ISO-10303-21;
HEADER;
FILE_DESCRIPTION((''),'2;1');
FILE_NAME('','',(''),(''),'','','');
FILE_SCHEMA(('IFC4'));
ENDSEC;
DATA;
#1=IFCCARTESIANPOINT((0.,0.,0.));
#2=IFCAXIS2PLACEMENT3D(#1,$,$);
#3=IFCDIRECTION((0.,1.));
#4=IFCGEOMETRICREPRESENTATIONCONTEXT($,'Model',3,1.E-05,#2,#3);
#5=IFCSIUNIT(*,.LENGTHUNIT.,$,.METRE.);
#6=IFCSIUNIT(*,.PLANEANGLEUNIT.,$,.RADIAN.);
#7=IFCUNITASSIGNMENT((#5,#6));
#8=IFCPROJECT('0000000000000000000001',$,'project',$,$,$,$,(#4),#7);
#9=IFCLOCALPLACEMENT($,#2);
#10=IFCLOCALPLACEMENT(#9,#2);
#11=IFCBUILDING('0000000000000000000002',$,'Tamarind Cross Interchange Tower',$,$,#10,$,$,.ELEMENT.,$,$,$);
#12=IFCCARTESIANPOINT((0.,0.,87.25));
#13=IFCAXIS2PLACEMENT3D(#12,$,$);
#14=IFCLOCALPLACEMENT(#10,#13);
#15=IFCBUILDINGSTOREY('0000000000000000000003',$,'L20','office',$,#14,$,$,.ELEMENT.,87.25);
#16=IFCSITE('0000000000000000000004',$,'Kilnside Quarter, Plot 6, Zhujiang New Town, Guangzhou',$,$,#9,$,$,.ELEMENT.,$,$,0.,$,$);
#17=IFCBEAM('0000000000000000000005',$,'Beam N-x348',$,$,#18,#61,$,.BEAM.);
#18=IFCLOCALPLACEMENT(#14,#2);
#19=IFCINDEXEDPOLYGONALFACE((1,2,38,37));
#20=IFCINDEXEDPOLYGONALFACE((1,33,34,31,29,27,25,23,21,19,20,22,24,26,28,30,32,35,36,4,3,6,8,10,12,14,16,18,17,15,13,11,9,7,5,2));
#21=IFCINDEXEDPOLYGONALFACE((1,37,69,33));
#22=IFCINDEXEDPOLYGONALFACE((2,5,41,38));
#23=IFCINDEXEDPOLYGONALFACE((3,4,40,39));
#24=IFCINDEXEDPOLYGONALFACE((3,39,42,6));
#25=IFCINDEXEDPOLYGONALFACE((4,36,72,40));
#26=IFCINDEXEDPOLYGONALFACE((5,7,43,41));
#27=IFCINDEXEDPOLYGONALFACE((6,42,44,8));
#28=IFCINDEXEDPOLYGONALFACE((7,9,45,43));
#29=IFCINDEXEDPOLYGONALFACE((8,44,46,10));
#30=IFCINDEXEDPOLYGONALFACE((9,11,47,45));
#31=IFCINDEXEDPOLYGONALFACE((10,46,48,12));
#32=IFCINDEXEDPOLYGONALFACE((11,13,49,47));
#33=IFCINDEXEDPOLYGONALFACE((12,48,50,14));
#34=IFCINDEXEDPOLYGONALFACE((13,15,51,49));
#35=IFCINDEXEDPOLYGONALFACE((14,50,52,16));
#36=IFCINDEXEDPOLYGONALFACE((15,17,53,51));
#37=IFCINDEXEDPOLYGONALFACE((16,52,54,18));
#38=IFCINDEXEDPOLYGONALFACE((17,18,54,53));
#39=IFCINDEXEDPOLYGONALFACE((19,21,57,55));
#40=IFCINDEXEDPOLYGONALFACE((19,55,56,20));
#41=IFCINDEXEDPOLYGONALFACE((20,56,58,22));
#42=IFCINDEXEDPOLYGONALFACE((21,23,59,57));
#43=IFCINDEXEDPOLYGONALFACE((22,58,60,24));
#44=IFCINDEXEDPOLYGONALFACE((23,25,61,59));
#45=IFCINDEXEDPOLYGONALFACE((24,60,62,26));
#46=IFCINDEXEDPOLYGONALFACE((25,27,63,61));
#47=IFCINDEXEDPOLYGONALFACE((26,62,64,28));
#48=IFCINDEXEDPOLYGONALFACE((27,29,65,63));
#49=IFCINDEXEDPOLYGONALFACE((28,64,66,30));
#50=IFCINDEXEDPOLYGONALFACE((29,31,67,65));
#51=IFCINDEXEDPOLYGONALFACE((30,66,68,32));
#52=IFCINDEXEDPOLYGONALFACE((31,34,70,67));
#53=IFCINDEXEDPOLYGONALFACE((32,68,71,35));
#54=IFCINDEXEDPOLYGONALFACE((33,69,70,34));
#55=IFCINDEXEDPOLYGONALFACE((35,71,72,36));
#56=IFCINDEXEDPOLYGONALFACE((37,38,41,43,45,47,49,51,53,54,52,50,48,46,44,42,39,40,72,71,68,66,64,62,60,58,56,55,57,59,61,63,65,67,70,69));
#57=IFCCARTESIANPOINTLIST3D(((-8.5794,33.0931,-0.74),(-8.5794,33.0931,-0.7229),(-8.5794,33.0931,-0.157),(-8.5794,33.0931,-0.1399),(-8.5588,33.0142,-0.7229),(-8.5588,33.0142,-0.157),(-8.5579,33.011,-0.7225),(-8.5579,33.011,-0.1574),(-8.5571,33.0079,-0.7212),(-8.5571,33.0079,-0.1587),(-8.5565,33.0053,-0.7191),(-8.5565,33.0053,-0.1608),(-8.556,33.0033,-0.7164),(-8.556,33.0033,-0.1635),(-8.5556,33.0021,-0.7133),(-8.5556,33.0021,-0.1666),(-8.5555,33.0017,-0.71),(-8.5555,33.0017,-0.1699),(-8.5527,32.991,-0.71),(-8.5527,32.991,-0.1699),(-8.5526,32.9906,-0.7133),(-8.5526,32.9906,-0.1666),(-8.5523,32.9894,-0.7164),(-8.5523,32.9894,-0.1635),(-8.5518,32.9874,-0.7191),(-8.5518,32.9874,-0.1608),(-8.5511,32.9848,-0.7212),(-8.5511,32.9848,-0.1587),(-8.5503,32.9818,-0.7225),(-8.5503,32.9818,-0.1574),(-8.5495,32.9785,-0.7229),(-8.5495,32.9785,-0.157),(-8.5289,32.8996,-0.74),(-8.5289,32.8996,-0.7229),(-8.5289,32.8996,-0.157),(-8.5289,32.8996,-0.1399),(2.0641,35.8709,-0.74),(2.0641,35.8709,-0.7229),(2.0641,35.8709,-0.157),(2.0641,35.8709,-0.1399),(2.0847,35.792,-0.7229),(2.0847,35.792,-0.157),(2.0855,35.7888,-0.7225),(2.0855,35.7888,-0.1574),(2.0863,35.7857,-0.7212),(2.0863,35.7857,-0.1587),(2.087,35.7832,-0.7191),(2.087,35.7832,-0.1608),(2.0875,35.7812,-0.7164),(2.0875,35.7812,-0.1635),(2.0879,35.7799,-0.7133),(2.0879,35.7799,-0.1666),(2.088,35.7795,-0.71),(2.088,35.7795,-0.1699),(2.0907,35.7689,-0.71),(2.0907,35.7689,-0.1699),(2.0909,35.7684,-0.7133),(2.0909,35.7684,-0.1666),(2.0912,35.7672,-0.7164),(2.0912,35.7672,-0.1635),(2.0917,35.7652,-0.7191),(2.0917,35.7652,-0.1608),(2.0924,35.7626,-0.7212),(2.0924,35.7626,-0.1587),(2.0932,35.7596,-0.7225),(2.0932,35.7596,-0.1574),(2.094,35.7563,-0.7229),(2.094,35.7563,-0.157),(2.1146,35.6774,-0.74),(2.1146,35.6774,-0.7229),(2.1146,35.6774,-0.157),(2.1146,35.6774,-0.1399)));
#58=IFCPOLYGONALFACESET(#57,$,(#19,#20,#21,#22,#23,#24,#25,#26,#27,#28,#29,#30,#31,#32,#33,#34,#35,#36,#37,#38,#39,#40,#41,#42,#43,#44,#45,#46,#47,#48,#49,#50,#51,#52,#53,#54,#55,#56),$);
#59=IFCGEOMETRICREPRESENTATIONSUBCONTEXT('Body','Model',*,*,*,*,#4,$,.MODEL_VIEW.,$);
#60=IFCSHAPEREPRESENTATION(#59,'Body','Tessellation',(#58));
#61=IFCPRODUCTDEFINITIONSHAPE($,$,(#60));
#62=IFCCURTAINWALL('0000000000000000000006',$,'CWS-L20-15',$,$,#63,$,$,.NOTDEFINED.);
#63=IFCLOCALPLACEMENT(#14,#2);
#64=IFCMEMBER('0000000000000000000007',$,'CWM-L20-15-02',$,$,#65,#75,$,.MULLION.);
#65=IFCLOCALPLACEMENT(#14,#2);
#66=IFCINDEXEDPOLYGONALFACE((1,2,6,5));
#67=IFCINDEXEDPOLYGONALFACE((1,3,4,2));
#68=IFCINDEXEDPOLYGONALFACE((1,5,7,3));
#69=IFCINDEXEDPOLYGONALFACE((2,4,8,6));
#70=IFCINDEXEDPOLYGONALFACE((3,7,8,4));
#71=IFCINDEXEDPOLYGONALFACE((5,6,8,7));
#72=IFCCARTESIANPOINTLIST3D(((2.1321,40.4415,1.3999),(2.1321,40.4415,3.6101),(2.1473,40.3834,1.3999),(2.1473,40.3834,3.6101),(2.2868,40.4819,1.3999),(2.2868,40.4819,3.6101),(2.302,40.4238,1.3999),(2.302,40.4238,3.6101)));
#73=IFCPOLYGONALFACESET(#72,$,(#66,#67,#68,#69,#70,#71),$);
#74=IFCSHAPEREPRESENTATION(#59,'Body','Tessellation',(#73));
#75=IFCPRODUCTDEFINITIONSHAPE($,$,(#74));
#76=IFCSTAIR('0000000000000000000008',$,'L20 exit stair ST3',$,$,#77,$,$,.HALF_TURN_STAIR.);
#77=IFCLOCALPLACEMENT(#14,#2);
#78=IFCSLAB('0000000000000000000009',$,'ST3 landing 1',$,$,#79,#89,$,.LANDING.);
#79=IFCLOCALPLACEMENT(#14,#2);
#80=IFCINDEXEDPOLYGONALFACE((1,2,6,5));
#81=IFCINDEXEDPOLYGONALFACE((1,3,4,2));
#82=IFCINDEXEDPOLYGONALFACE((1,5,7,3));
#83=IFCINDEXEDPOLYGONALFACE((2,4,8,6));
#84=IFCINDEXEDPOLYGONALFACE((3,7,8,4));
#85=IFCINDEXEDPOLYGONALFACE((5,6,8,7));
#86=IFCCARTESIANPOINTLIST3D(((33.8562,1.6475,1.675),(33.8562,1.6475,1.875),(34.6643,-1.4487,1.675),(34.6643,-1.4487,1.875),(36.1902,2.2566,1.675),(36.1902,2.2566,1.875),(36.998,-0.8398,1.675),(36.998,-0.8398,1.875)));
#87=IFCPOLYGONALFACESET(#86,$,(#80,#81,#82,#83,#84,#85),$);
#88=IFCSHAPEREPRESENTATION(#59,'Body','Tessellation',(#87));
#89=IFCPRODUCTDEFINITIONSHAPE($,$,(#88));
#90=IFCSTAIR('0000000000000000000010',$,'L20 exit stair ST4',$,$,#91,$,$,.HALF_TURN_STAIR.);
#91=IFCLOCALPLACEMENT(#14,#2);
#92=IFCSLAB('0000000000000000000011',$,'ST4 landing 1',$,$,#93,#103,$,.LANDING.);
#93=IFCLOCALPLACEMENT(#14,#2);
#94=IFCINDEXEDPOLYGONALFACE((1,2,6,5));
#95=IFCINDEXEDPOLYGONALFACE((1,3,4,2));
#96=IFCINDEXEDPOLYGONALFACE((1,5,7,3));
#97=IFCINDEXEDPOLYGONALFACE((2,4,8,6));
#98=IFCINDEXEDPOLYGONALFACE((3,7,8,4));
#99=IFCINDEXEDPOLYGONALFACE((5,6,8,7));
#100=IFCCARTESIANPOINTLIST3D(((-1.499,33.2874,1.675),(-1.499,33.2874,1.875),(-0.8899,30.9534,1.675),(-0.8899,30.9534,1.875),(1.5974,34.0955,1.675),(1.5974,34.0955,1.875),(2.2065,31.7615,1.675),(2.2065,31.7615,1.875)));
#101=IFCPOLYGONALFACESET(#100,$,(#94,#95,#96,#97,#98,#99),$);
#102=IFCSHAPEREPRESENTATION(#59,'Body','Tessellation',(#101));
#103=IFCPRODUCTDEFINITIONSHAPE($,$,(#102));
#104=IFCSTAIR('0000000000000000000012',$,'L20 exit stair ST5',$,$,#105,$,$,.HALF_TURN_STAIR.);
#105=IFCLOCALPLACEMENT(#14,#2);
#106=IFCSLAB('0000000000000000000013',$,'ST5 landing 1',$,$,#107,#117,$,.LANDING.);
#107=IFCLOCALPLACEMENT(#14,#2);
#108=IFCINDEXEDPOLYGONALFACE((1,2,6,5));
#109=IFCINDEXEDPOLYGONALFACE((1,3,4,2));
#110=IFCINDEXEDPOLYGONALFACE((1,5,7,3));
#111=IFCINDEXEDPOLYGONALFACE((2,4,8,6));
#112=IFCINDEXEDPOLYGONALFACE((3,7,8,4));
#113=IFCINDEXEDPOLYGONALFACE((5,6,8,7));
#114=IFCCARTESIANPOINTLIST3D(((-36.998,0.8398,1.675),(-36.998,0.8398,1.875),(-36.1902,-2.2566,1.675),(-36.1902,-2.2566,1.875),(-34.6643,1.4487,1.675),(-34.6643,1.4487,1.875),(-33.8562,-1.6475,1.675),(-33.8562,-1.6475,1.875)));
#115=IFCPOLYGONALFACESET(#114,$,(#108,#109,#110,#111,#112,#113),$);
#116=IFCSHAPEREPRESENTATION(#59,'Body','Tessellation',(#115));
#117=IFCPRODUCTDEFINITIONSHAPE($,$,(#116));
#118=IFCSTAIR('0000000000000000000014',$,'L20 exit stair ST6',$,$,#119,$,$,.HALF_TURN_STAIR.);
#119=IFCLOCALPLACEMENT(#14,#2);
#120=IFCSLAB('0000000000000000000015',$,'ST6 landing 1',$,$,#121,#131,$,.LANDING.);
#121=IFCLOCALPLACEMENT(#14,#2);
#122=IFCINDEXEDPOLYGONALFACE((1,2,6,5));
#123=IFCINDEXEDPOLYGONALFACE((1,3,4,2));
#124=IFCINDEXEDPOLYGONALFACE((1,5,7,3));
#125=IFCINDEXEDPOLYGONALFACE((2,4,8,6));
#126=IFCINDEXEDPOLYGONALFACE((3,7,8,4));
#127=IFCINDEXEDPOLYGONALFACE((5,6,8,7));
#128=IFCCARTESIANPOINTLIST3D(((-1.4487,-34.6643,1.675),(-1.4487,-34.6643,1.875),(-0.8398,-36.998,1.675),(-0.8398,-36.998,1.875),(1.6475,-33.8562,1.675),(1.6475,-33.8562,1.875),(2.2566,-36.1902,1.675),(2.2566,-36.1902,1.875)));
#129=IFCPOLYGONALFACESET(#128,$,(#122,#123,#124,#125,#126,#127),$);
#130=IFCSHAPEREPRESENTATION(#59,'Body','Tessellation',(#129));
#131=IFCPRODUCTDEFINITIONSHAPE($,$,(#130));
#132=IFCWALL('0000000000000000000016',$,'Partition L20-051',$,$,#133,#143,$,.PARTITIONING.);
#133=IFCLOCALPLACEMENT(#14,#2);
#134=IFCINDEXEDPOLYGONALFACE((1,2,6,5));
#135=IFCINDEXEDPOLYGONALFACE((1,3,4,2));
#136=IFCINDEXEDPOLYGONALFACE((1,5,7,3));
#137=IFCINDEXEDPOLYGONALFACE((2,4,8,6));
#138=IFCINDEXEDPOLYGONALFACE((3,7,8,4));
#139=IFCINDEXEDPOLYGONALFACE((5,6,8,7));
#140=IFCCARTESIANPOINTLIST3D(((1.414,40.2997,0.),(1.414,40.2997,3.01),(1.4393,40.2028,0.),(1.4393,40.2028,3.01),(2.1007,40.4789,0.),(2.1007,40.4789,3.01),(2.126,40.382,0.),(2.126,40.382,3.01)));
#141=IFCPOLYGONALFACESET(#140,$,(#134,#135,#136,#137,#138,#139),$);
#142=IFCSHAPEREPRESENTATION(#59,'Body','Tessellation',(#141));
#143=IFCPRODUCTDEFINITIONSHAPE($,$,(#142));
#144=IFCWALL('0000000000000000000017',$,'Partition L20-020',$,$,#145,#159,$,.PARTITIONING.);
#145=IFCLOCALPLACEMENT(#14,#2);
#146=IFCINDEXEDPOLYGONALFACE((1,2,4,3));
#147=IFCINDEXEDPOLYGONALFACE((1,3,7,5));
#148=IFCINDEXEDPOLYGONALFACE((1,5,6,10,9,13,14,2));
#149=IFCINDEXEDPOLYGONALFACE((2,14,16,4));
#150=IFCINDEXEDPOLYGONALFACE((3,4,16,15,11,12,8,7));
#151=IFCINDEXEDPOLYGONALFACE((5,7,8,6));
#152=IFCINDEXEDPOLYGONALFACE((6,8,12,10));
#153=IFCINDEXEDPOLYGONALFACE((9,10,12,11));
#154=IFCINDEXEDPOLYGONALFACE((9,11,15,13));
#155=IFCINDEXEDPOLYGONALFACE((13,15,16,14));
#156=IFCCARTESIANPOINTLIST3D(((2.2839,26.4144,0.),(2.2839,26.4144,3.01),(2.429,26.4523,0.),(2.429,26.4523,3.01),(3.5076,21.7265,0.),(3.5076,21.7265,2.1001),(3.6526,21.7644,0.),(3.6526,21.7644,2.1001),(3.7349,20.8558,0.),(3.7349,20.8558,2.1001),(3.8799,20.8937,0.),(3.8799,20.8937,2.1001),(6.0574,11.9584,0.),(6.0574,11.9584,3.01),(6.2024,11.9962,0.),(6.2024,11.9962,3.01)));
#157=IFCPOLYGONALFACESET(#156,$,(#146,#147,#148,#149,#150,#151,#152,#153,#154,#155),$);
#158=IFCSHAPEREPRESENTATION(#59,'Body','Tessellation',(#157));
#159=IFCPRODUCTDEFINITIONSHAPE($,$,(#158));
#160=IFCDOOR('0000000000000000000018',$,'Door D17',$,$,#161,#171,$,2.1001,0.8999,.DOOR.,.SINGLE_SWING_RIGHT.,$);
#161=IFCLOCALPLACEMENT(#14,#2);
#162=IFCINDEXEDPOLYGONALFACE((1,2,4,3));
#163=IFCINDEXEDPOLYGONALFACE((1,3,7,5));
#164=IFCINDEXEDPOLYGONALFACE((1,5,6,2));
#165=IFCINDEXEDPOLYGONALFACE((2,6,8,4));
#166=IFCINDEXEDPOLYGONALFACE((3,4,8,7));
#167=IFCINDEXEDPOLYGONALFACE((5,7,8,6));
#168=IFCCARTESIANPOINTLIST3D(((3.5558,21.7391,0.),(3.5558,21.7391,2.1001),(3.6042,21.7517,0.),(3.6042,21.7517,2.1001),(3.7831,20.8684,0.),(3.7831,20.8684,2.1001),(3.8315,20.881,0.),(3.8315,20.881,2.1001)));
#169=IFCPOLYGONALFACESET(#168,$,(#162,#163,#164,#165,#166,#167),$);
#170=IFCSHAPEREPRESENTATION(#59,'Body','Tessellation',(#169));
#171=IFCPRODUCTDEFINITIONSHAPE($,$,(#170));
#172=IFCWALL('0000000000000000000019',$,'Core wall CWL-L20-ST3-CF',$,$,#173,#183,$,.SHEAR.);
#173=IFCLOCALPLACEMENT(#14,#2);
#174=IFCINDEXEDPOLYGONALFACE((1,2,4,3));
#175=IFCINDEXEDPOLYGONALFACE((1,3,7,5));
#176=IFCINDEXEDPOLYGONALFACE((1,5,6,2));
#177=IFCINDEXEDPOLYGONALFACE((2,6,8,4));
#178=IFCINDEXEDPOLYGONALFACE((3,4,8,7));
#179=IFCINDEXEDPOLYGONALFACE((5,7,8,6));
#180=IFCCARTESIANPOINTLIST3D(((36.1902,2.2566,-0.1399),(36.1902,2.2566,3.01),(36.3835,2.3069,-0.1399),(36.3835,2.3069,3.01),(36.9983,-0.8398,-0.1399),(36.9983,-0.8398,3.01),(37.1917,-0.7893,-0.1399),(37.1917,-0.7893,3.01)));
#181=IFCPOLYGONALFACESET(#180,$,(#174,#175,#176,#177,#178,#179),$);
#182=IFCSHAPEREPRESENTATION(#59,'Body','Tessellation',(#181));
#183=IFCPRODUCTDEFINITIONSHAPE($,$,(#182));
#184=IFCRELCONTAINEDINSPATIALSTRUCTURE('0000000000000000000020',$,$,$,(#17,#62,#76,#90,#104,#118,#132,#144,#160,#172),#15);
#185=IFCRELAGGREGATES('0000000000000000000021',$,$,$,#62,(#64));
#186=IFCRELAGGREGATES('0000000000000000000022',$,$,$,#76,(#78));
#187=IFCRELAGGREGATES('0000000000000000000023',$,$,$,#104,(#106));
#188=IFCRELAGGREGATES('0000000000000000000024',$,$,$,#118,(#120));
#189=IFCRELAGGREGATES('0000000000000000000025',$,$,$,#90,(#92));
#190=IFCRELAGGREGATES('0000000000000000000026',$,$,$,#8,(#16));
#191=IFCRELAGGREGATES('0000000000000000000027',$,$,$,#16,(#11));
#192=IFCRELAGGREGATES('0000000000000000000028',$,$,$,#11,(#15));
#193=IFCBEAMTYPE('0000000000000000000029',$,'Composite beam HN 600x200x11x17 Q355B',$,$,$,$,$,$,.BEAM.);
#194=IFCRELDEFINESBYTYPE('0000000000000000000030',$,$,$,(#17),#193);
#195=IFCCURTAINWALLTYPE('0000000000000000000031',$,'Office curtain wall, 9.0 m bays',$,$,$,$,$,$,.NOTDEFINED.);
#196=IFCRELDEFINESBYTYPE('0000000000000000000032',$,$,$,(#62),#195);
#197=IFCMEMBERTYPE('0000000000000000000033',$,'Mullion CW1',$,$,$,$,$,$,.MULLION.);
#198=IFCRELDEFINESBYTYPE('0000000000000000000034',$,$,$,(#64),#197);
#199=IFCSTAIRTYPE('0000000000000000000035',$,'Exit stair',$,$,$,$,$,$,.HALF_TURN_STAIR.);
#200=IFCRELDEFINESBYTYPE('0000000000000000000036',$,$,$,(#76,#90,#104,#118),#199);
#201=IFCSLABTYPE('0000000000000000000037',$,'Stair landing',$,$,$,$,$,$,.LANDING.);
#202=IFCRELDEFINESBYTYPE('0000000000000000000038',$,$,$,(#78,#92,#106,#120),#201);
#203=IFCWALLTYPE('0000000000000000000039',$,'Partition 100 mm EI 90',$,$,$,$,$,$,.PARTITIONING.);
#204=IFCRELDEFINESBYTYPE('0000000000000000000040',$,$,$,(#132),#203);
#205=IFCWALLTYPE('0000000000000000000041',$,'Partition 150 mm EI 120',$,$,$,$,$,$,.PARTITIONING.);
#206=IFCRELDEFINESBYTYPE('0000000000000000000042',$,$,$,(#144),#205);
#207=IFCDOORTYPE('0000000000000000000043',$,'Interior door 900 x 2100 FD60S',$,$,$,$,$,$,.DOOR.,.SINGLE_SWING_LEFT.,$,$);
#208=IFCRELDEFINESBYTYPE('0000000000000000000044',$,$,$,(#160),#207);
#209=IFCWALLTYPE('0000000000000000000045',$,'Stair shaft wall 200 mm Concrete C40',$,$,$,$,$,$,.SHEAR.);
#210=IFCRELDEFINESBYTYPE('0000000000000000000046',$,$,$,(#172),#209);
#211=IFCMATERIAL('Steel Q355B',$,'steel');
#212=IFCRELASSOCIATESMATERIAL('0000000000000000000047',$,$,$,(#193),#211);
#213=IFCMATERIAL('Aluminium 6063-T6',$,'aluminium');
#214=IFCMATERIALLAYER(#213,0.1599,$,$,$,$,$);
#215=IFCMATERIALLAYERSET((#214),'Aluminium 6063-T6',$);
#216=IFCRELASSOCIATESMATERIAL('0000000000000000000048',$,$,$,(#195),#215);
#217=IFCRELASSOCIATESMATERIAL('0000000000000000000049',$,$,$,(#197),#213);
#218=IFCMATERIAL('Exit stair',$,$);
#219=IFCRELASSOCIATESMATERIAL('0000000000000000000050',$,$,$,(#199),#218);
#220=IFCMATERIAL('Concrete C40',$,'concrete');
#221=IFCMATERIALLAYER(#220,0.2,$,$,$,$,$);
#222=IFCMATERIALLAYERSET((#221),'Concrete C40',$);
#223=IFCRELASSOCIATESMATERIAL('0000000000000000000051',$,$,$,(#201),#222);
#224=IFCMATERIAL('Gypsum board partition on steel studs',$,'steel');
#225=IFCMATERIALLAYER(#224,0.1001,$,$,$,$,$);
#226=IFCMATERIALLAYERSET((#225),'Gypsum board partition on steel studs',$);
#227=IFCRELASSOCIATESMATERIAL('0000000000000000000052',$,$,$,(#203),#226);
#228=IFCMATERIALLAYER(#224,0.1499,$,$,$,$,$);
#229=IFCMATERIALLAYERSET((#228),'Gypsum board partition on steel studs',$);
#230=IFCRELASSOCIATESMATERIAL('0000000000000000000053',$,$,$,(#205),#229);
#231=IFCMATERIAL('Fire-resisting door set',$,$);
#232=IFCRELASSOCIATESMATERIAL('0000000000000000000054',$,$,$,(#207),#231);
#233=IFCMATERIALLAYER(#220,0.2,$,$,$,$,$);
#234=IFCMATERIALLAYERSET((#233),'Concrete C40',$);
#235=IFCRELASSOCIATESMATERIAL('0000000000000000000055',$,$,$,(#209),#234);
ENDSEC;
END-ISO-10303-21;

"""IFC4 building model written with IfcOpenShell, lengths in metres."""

from ifc_helpers import new_model, si_unit, direction, frame, frame_2d, origin, origin_2d, place, context, subcontext, project, spatial, polyline, rectangle, i_section, outline, extrude, material, layer, layer_set, material_profile, profile_set, type_object, element, fill, aggregate, save


model = new_model("IFC4")

# Units and contexts
model_context = context("Model", 3, precision=1e-05, world=origin(), true_north=direction((0.0, 1.0)))
body_context = subcontext(model_context, "Body", "Model", "MODEL_VIEW")
ifc_project = project(units=[si_unit("LENGTHUNIT", "METRE"), si_unit("PLANEANGLEUNIT", "RADIAN")], contexts=[model_context])

# Site, building, storey
site_placement = place(None, origin())
site = spatial("IfcSite", under=ifc_project, at=site_placement, Name="Kilnside Quarter, Plot 6, Zhujiang New Town, Guangzhou", CompositionType="ELEMENT", RefElevation=0.0)
building_placement = place(site_placement, origin())
building = spatial("IfcBuilding", under=site, at=building_placement, Name="Tamarind Cross Interchange Tower", CompositionType="ELEMENT")
storey_placement = place(building_placement, frame((0.0, 0.0, 87.25)))
storey = spatial("IfcBuildingStorey", under=building, at=storey_placement, Name="L20", Description="office", CompositionType="ELEMENT", Elevation=87.25)

# Beam
ifc_material_1 = material(Name="Steel Q355B", Category="steel")
ifc_material_profile_1 = material_profile(ifc_material_1, i_section(OverallWidth=0.2, OverallDepth=0.6001, WebThickness=0.011, FlangeThickness=0.0171, FilletRadius=0.0129, at=origin_2d()), Name="HN 600x200x11x17")
ifc_profile_set_1 = profile_set([ifc_material_profile_1], Name="Steel Q355B")
beam_type_1 = type_object("IfcBeamType", Name="Composite beam HN 600x200x11x17 Q355B", PredefinedType="BEAM", material=ifc_profile_set_1)
beam_1_placement = place(storey_placement, frame((2.0894, 35.7742, -0.4399), z_axis=(-0.967589, -0.252529, 0.0), x_axis=(0.252529, -0.967589, 0.0)))
element("IfcBeam", 1, at=beam_1_placement, inside=storey, type_object=beam_type_1, Name="Beam N-x348", PredefinedType="BEAM", context=body_context, shape_type="SweptSolid", body=[
    extrude(i_section(OverallWidth=0.2, OverallDepth=0.6001, WebThickness=0.011, FlangeThickness=0.0171, FilletRadius=0.0129, at=origin_2d()), origin(), (0.0, 0.0, 1.0), 11.0),
])

# Curtain wall, member
ifc_material_2 = material(Name="Aluminium 6063-T6", Category="aluminium")
ifc_layer_1 = layer(ifc_material_2, 0.1599)
ifc_layer_set_1 = layer_set([ifc_layer_1], Name="Aluminium 6063-T6")
curtain_wall_type = type_object("IfcCurtainWallType", Name="Office curtain wall, 9.0 m bays", PredefinedType="NOTDEFINED", material=ifc_layer_set_1)
curtain_wall_placement = place(storey_placement, origin())
curtain_wall = element("IfcCurtainWall", 2, at=curtain_wall_placement, inside=storey, type_object=curtain_wall_type, Name="CWS-L20-15", PredefinedType="NOTDEFINED")
ifc_material_profile_2 = material_profile(ifc_material_2, rectangle(XDim=0.0601, YDim=0.1599, at=origin_2d()), Name="Mullion CW1")
ifc_profile_set_2 = profile_set([ifc_material_profile_2], Name="Aluminium 6063-T6")
member_type = type_object("IfcMemberType", Name="Mullion CW1", PredefinedType="MULLION", material=ifc_profile_set_2)
member_placement = place(storey_placement, frame((2.217, 40.4326, 1.3999), z_axis=(0.0, 0.0, 1.0), x_axis=(-0.252529, 0.967589, 0.0)))
member = element("IfcMember", 3, at=member_placement, type_object=member_type, Name="CWM-L20-15-02", PredefinedType="MULLION", context=body_context, shape_type="SweptSolid", body=[
    extrude(rectangle(XDim=0.0601, YDim=0.1599, at=origin_2d()), origin(), (0.0, 0.0, 1.0), 2.2102),
])
aggregate(curtain_wall, [member])

# Stairs, slabs
ifc_material_3 = material(Name="Exit stair")
stair_type = type_object("IfcStairType", Name="Exit stair", PredefinedType="HALF_TURN_STAIR", material=ifc_material_3)
stair_1_placement = place(storey_placement, origin())
stair_1 = element("IfcStair", 4, at=stair_1_placement, inside=storey, type_object=stair_type, Name="L20 exit stair ST3", PredefinedType="HALF_TURN_STAIR")
ifc_material_4 = material(Name="Concrete C40", Category="concrete")
ifc_layer_2 = layer(ifc_material_4, 0.2)
ifc_layer_set_2 = layer_set([ifc_layer_2], Name="Concrete C40")
slab_type = type_object("IfcSlabType", Name="Stair landing", PredefinedType="LANDING", material=ifc_layer_set_2)
slab_1_placement = place(storey_placement, frame((0.0, 0.0, 1.675)))
slab_1 = element("IfcSlab", 5, at=slab_1_placement, type_object=slab_type, Name="ST3 landing 1", PredefinedType="LANDING", context=body_context, shape_type="SweptSolid", body=[
    extrude(outline(polyline([(34.6643, -1.4487), (36.998, -0.8398), (36.1902, 2.2566), (33.8562, 1.6475), (34.6643, -1.4487)])), origin(), (0.0, 0.0, 1.0), 0.2),
])
aggregate(stair_1, [slab_1])
stair_2_placement = place(storey_placement, origin())
stair_2 = element("IfcStair", 6, at=stair_2_placement, inside=storey, type_object=stair_type, Name="L20 exit stair ST4", PredefinedType="HALF_TURN_STAIR")
slab_2_placement = place(storey_placement, frame((0.0, 0.0, 1.675)))
slab_2 = element("IfcSlab", 7, at=slab_2_placement, type_object=slab_type, Name="ST4 landing 1", PredefinedType="LANDING", context=body_context, shape_type="SweptSolid", body=[
    extrude(outline(polyline([(2.2065, 31.7615), (1.5974, 34.0955), (-1.499, 33.2874), (-0.8899, 30.9534), (2.2065, 31.7615)])), origin(), (0.0, 0.0, 1.0), 0.2),
])
stair_3_placement = place(storey_placement, origin())
stair_3 = element("IfcStair", 8, at=stair_3_placement, inside=storey, type_object=stair_type, Name="L20 exit stair ST5", PredefinedType="HALF_TURN_STAIR")
slab_3_placement = place(storey_placement, frame((0.0, 0.0, 1.675)))
slab_3 = element("IfcSlab", 9, at=slab_3_placement, type_object=slab_type, Name="ST5 landing 1", PredefinedType="LANDING", context=body_context, shape_type="SweptSolid", body=[
    extrude(outline(polyline([(-34.6643, 1.4487), (-36.998, 0.8398), (-36.1902, -2.2566), (-33.8562, -1.6475), (-34.6643, 1.4487)])), origin(), (0.0, 0.0, 1.0), 0.2),
])
aggregate(stair_3, [slab_3])
stair_4_placement = place(storey_placement, origin())
stair_4 = element("IfcStair", 10, at=stair_4_placement, inside=storey, type_object=stair_type, Name="L20 exit stair ST6", PredefinedType="HALF_TURN_STAIR")
slab_4_placement = place(storey_placement, frame((0.0, 0.0, 1.675)))
slab_4 = element("IfcSlab", 11, at=slab_4_placement, type_object=slab_type, Name="ST6 landing 1", PredefinedType="LANDING", context=body_context, shape_type="SweptSolid", body=[
    extrude(outline(polyline([(-1.4487, -34.6643), (-0.8398, -36.998), (2.2566, -36.1902), (1.6475, -33.8562), (-1.4487, -34.6643)])), origin(), (0.0, 0.0, 1.0), 0.2),
])
aggregate(stair_4, [slab_4])

# Wall
ifc_material_5 = material(Name="Gypsum board partition on steel studs", Category="steel")
ifc_layer_3 = layer(ifc_material_5, 0.1001)
ifc_layer_set_3 = layer_set([ifc_layer_3], Name="Gypsum board partition on steel studs")
wall_type_1 = type_object("IfcWallType", Name="Partition 100 mm EI 90", PredefinedType="PARTITIONING", material=ifc_layer_set_3)
wall_1_placement = place(storey_placement, frame((1.4265, 40.2512, 0.0), z_axis=(0.0, 0.0, 1.0), x_axis=(0.967603, 0.252478, 0.0)))
element("IfcWall", 12, at=wall_1_placement, inside=storey, type_object=wall_type_1, Name="Partition L20-051", PredefinedType="PARTITIONING", context=body_context, shape_type="SweptSolid", body=[
    extrude(rectangle(XDim=0.7097, YDim=0.1001, at=frame_2d((0.355, 0.0))), origin(), (0.0, 0.0, 1.0), 3.01),
])

# Wall, opening, door
ifc_layer_4 = layer(ifc_material_5, 0.1499)
ifc_layer_set_4 = layer_set([ifc_layer_4], Name="Gypsum board partition on steel studs")
wall_type_2 = type_object("IfcWallType", Name="Partition 150 mm EI 120", PredefinedType="PARTITIONING", material=ifc_layer_set_4)
wall_2_placement = place(storey_placement, frame((2.3564, 26.4333, 0.0), z_axis=(0.0, 0.0, 1.0), x_axis=(0.252566, -0.96758, 0.0)))
wall_2 = element("IfcWall", 13, at=wall_2_placement, inside=storey, type_object=wall_type_2, Name="Partition L20-020", PredefinedType="PARTITIONING", context=body_context, shape_type="SweptSolid", body=[
    extrude(rectangle(XDim=14.9404, YDim=0.1499, at=frame_2d((7.4702, 0.0))), origin(), (0.0, 0.0, 1.0), 3.01),
])
opening_1_placement = place(wall_2_placement, frame((4.845, 0.0, 0.0)))
opening_1 = element("IfcOpeningElement", 14, at=opening_1_placement, cuts=wall_2, PredefinedType="OPENING", context=body_context, shape_type="SweptSolid", body=[
    extrude(rectangle(XDim=0.8999, YDim=2.1001, at=frame_2d((0.45, 1.05))), frame((0.0, 0.085, 0.0), z_axis=(0.0, -1.0, 0.0), x_axis=(1.0, 0.0, 0.0)), (0.0, 0.0, 1.0), 0.1699),
])
ifc_material_6 = material(Name="Fire-resisting door set")
door_type_1 = type_object("IfcDoorType", Name="Interior door 900 x 2100 FD60S", OperationType="SINGLE_SWING_LEFT", PredefinedType="DOOR", material=ifc_material_6)
door_1_placement = place(opening_1_placement, origin())
door_1 = element("IfcDoor", 15, at=door_1_placement, inside=storey, type_object=door_type_1, Name="Door D17", OperationType="SINGLE_SWING_RIGHT", OverallHeight=2.1001, OverallWidth=0.8999, PredefinedType="DOOR", context=body_context, shape_type="SweptSolid", body=[
    extrude(rectangle(XDim=0.8999, YDim=2.1001, at=frame_2d((0.45, 1.05))), frame((0.0, 0.0249, 0.0), z_axis=(0.0, -1.0, 0.0), x_axis=(1.0, 0.0, 0.0)), (0.0, 0.0, 1.0), 0.05),
])
fill(opening_1, door_1)

# Wall
ifc_layer_5 = layer(ifc_material_4, 0.2)
ifc_layer_set_5 = layer_set([ifc_layer_5], Name="Concrete C40")
wall_type_3 = type_object("IfcWallType", Name="Stair shaft wall 200 mm Concrete C40", PredefinedType="SHEAR", material=ifc_layer_set_5)
wall_3_placement = place(storey_placement, frame((0.0, 0.0, -0.1399)))
element("IfcWall", 16, at=wall_3_placement, inside=storey, type_object=wall_type_3, Name="Core wall CWL-L20-ST3-CF", PredefinedType="SHEAR", context=body_context, shape_type="SweptSolid", body=[
    extrude(outline(polyline([(36.9983, -0.8398), (37.1917, -0.7893), (36.3835, 2.3069), (36.1902, 2.2566), (36.9983, -0.8398)])), origin(), (0.0, 0.0, 1.0), 3.1499),
])

aggregate(stair_2, [slab_2])

save(model, "model.ifc")
